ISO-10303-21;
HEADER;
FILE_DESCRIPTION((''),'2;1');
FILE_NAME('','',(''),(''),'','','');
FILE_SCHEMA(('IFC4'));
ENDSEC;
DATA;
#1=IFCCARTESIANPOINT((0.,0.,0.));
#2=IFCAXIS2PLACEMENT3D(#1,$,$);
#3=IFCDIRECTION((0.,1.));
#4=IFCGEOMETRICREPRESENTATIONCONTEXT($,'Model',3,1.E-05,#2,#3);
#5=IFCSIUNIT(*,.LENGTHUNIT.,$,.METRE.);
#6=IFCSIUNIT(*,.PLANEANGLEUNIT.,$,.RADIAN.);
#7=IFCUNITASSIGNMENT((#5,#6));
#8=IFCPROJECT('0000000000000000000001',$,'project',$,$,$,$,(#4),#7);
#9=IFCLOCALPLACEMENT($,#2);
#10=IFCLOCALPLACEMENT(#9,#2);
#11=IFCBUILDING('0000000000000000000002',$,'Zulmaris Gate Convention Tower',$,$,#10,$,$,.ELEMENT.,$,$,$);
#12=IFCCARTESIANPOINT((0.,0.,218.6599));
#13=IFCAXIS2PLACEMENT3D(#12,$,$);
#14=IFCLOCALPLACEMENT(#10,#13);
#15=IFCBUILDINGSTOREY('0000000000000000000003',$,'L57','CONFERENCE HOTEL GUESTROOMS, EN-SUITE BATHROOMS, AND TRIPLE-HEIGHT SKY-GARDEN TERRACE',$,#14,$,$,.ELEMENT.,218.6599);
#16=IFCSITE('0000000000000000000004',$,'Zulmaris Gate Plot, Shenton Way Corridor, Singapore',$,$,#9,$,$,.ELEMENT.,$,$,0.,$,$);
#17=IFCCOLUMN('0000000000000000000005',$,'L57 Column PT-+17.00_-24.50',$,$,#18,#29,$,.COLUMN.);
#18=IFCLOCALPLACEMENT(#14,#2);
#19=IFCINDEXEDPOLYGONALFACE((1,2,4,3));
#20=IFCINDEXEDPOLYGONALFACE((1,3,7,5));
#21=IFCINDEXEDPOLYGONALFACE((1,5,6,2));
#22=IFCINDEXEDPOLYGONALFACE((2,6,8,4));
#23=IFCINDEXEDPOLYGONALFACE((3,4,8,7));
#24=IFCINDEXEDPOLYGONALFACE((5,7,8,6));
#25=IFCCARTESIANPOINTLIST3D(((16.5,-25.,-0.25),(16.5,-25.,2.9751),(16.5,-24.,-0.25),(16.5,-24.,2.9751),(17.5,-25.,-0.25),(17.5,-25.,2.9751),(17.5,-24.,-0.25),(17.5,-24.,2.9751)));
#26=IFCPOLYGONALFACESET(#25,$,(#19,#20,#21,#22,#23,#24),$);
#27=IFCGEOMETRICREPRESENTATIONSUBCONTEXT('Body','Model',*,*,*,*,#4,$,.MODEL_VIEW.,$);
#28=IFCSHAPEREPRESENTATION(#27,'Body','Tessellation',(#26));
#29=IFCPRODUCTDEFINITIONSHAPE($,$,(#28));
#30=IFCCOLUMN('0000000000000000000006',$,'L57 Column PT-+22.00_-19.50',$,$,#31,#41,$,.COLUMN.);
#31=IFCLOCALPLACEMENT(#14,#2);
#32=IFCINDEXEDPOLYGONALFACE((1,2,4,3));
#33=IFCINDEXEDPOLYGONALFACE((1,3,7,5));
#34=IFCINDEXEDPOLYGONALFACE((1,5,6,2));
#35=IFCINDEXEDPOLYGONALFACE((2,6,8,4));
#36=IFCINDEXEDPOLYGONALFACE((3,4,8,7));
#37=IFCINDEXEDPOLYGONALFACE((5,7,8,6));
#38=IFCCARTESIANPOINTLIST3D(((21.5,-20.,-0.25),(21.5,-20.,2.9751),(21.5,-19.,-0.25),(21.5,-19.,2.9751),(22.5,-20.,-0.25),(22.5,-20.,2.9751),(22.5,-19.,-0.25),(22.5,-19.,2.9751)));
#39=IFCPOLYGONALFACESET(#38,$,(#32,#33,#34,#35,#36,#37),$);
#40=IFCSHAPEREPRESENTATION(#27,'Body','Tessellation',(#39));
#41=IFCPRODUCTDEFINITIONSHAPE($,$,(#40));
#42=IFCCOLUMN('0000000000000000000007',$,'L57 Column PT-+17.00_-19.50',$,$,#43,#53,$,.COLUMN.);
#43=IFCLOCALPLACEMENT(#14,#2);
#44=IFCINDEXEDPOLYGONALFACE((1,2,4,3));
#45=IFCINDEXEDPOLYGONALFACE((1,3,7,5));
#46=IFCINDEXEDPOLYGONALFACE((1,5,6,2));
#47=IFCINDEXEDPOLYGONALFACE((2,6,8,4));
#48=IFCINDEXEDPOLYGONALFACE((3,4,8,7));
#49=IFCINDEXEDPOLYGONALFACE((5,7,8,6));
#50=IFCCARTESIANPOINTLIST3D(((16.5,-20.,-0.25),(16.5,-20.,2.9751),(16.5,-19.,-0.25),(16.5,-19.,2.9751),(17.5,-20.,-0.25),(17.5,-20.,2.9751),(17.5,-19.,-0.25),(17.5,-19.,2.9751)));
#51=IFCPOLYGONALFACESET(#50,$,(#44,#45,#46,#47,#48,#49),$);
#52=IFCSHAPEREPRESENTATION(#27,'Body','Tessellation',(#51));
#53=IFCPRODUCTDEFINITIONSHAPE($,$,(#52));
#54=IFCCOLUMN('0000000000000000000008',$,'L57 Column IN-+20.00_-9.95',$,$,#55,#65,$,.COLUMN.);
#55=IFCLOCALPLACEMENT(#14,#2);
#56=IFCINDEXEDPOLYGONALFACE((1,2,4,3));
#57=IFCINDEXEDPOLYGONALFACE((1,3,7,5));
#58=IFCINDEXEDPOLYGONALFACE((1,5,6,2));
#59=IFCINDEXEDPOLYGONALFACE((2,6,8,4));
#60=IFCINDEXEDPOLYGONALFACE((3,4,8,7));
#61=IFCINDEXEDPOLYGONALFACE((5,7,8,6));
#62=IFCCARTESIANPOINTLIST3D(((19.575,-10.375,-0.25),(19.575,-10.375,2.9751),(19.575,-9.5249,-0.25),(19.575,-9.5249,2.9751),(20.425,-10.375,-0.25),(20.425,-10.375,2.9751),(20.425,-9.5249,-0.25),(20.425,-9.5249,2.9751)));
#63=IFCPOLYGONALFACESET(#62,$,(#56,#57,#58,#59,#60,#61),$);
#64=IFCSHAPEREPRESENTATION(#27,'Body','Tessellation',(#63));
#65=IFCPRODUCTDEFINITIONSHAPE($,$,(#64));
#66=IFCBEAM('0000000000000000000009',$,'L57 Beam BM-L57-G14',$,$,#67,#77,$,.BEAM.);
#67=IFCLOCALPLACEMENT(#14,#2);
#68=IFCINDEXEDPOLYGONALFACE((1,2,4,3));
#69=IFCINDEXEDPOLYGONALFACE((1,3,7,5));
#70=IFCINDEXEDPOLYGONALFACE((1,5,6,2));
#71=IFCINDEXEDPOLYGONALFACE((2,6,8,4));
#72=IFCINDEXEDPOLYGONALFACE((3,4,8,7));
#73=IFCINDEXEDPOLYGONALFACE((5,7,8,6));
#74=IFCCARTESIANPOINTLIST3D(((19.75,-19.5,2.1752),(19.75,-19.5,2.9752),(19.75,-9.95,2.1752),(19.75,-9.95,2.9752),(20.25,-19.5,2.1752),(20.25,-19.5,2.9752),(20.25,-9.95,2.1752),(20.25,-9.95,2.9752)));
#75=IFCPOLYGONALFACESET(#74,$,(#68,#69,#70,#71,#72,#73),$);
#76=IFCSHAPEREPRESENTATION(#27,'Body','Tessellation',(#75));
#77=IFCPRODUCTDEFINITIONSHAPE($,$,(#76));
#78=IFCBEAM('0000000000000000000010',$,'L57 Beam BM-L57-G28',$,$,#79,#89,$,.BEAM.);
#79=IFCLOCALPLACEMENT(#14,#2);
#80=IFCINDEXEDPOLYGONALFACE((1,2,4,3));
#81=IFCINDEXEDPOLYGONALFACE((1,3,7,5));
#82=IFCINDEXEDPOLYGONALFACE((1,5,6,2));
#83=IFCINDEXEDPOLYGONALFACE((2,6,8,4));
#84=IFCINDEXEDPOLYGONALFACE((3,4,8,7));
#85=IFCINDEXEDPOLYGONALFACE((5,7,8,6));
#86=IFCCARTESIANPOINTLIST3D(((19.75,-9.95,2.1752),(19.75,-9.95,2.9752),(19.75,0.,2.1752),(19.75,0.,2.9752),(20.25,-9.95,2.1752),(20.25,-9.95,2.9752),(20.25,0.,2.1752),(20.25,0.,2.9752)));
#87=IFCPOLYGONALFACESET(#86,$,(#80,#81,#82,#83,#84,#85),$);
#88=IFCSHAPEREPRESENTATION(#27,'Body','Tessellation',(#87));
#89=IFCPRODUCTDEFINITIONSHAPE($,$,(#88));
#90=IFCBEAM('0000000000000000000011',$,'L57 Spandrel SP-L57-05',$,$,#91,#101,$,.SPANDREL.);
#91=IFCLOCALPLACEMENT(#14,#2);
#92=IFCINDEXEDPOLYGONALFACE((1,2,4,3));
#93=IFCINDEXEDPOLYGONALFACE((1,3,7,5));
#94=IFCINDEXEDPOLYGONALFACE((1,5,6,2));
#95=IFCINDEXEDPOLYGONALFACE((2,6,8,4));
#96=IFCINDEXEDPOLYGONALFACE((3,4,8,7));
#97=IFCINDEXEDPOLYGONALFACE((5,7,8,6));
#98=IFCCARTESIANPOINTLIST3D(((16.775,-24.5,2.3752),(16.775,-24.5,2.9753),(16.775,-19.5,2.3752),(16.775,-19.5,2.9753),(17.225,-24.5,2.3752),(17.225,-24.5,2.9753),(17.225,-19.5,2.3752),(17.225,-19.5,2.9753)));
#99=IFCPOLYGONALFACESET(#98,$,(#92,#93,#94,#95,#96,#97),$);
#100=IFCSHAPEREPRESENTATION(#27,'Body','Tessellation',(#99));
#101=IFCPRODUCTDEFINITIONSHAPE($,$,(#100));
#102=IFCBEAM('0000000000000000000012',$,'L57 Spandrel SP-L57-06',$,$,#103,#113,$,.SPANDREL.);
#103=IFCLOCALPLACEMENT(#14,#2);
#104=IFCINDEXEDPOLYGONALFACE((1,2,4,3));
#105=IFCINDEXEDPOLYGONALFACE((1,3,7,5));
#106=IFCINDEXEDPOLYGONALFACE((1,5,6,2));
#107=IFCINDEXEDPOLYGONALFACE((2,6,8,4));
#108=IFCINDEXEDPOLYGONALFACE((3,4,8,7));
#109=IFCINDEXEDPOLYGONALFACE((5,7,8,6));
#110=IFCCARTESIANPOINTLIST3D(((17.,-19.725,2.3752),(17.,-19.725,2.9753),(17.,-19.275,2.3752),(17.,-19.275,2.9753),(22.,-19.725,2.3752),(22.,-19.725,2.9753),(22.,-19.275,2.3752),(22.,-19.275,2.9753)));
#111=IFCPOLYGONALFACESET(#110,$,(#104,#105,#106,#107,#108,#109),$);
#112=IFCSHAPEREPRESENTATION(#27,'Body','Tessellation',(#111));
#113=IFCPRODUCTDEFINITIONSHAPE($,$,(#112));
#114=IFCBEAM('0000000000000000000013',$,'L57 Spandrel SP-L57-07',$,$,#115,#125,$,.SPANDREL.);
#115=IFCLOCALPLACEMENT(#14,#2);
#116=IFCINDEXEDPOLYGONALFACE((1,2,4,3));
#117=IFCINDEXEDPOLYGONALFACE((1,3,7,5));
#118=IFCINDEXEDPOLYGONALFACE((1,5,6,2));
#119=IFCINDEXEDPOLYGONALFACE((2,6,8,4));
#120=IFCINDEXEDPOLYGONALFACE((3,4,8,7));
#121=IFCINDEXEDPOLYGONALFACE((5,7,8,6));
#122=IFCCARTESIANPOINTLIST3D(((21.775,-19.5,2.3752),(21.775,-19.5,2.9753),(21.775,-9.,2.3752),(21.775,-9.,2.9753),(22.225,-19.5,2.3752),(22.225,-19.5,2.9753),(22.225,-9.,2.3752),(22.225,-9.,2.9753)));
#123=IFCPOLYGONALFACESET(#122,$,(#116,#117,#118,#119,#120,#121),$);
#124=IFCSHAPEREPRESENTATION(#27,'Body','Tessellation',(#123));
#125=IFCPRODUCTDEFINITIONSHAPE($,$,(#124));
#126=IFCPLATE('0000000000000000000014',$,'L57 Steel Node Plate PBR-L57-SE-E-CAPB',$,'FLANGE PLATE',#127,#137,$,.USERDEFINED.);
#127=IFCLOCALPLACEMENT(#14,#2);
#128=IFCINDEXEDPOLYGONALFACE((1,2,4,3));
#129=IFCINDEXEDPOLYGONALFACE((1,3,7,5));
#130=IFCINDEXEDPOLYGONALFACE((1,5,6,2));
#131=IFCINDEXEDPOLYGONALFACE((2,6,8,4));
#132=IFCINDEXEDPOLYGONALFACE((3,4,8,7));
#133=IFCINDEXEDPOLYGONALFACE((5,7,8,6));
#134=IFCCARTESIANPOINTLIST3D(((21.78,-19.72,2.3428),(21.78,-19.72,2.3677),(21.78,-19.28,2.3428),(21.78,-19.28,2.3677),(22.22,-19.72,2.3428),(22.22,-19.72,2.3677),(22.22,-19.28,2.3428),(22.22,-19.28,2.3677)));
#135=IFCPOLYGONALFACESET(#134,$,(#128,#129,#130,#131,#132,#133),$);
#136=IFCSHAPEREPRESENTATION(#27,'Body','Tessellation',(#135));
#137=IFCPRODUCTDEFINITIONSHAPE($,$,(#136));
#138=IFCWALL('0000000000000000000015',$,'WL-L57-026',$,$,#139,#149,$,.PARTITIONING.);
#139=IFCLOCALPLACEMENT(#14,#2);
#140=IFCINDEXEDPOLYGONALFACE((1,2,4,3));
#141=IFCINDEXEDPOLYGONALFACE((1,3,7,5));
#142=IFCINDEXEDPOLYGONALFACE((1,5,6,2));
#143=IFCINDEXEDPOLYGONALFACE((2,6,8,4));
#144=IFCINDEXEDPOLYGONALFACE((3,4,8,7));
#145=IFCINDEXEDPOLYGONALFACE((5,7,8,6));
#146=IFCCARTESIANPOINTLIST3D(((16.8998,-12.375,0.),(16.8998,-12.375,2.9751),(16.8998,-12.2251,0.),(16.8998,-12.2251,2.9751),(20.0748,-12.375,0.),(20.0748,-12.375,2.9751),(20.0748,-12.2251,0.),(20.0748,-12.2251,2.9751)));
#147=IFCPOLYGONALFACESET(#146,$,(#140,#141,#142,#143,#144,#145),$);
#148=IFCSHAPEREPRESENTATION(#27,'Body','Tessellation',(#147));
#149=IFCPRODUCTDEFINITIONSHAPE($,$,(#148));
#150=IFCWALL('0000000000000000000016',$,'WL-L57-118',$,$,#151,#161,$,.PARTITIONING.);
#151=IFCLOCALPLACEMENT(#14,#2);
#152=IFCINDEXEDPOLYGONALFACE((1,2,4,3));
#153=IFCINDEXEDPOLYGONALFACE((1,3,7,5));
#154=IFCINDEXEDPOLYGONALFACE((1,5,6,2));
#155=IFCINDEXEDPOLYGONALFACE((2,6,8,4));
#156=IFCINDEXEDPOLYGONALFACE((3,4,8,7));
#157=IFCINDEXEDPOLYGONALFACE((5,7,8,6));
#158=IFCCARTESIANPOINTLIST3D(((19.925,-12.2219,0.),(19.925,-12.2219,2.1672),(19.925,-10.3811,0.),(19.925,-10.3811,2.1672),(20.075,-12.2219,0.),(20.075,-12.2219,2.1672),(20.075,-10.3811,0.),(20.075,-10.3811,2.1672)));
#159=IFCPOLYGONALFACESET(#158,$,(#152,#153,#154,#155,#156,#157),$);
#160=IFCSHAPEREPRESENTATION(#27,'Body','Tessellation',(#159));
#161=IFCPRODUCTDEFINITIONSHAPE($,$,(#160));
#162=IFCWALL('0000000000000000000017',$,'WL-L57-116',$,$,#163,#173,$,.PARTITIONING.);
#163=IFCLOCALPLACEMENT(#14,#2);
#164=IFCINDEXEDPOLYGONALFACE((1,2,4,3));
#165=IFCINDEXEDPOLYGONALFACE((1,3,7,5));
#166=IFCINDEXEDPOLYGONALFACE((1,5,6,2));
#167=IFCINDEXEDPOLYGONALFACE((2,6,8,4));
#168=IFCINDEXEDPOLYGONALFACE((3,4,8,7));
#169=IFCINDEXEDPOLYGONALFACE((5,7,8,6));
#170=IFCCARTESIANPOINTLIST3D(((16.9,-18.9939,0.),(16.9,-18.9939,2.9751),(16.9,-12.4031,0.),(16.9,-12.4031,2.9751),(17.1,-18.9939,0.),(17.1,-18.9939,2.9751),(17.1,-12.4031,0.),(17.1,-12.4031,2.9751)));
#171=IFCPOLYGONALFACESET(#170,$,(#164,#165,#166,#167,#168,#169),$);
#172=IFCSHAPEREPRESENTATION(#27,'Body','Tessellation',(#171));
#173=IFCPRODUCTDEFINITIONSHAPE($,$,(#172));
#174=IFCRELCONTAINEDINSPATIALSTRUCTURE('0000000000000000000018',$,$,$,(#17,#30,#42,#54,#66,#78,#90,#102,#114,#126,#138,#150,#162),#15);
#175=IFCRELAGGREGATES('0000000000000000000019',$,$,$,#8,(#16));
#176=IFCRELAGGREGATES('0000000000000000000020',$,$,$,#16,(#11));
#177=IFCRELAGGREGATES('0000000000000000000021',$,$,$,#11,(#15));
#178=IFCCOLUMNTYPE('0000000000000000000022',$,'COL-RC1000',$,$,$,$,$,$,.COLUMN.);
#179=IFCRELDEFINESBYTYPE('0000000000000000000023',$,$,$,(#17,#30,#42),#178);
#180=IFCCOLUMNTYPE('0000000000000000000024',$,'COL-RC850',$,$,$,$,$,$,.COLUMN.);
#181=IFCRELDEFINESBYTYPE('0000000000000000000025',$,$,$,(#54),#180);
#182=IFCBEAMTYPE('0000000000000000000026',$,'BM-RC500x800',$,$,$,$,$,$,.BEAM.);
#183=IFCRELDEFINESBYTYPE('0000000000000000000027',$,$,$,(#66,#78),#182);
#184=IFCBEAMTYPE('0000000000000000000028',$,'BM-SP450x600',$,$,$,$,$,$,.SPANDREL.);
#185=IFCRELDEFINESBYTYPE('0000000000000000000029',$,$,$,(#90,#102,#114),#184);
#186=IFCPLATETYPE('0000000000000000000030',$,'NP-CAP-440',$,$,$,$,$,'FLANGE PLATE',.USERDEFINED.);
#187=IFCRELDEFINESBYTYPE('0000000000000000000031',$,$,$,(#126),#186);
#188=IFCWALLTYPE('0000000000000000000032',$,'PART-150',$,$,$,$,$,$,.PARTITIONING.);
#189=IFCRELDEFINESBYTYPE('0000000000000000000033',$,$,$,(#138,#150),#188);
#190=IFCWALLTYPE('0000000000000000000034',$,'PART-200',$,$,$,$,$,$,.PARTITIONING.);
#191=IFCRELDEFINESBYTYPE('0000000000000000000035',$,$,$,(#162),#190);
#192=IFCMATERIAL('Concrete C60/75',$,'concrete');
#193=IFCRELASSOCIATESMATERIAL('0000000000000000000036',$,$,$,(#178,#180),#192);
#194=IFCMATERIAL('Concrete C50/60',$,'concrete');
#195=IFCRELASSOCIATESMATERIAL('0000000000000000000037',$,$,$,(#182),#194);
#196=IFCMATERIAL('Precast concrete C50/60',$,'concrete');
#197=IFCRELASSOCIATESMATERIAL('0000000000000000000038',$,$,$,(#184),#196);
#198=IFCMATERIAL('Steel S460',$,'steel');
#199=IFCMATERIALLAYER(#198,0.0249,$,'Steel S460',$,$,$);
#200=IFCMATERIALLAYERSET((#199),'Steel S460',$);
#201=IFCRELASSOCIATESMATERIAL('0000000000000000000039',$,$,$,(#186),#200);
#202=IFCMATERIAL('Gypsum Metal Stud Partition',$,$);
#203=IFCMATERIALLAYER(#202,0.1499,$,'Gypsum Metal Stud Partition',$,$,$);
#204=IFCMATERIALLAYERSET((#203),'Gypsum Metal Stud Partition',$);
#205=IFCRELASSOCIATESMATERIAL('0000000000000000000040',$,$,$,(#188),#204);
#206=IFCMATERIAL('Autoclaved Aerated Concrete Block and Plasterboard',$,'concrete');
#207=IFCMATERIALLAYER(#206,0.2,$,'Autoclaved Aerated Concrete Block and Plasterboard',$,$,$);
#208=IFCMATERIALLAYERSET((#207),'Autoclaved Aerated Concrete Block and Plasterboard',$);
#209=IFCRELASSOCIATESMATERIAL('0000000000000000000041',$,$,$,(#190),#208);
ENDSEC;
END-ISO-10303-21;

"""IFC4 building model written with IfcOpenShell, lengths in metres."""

from ifc_helpers import new_model, si_unit, direction, frame, frame_2d, origin, origin_2d, place, context, subcontext, project, spatial, rectangle, extrude, material, layer, layer_set, material_profile, profile_set, type_object, element, save


model = new_model("IFC4")

# Units and contexts
model_context = context("Model", 3, precision=1e-05, world=origin(), true_north=direction((0.0, 1.0)))
body_context = subcontext(model_context, "Body", "Model", "MODEL_VIEW")
ifc_project = project(units=[si_unit("LENGTHUNIT", "METRE"), si_unit("PLANEANGLEUNIT", "RADIAN")], contexts=[model_context])

# Site, building, storey
site_placement = place(None, origin())
site = spatial("IfcSite", under=ifc_project, at=site_placement, Name="Zulmaris Gate Plot, Shenton Way Corridor, Singapore", CompositionType="ELEMENT", RefElevation=0.0)
building_placement = place(site_placement, origin())
building = spatial("IfcBuilding", under=site, at=building_placement, Name="Zulmaris Gate Convention Tower", CompositionType="ELEMENT")
storey_placement = place(building_placement, frame((0.0, 0.0, 218.6599)))
storey = spatial("IfcBuildingStorey", under=building, at=storey_placement, Name="L57", Description="CONFERENCE HOTEL GUESTROOMS, EN-SUITE BATHROOMS, AND TRIPLE-HEIGHT SKY-GARDEN TERRACE", CompositionType="ELEMENT", Elevation=218.6599)

# Columns
ifc_material_1 = material(Name="Concrete C60/75", Category="concrete")
ifc_material_profile_1 = material_profile(ifc_material_1, rectangle(XDim=1.0, YDim=1.0, at=origin_2d()), Name="RC COL 1000x1000")
ifc_profile_set_1 = profile_set([ifc_material_profile_1], Name="Concrete C60/75")
column_type_1 = type_object("IfcColumnType", Name="COL-RC1000", PredefinedType="COLUMN", material=ifc_profile_set_1)
for number, where, z_axis, x_axis, name in (
    (1, (17.0, -24.5, -0.25), (0.0, 0.0, 1.0), (1.0, 0.0, 0.0), "L57 Column PT-+17.00_-24.50"),
    (2, (22.0, -19.5, -0.25), (0.0, 0.0, 1.0), (1.0, 0.0, 0.0), "L57 Column PT-+22.00_-19.50"),
    (3, (17.0, -19.5, -0.25), (0.0, 0.0, 1.0), (1.0, 0.0, 0.0), "L57 Column PT-+17.00_-19.50"),
):
    element("IfcColumn", number, at=place(storey_placement, frame(where, z_axis=z_axis, x_axis=x_axis)), inside=storey, type_object=column_type_1, Name=name, PredefinedType="COLUMN", context=body_context, shape_type="SweptSolid", body=[
        extrude(rectangle(XDim=1.0, YDim=1.0, at=origin_2d()), origin(), (0.0, 0.0, 1.0), 3.2251),
    ])
ifc_material_profile_2 = material_profile(ifc_material_1, rectangle(XDim=0.8501, YDim=0.8501, at=origin_2d()), Name="RC COL 850x850")
ifc_profile_set_2 = profile_set([ifc_material_profile_2], Name="Concrete C60/75")
column_type_2 = type_object("IfcColumnType", Name="COL-RC850", PredefinedType="COLUMN", material=ifc_profile_set_2)
column_placement = place(storey_placement, frame((20.0, -9.95, -0.25), z_axis=(0.0, 0.0, 1.0), x_axis=(1.0, 0.0, 0.0)))
element("IfcColumn", 4, at=column_placement, inside=storey, type_object=column_type_2, Name="L57 Column IN-+20.00_-9.95", PredefinedType="COLUMN", context=body_context, shape_type="SweptSolid", body=[
    extrude(rectangle(XDim=0.8501, YDim=0.8501, at=origin_2d()), origin(), (0.0, 0.0, 1.0), 3.2251),
])

# Beams
ifc_material_2 = material(Name="Concrete C50/60", Category="concrete")
ifc_material_profile_3 = material_profile(ifc_material_2, rectangle(XDim=0.5, YDim=0.8, at=origin_2d()), Name="RC BEAM 500x800")
ifc_profile_set_3 = profile_set([ifc_material_profile_3], Name="Concrete C50/60")
beam_type_1 = type_object("IfcBeamType", Name="BM-RC500x800", PredefinedType="BEAM", material=ifc_profile_set_3)
beam_1_placement = place(storey_placement, frame((20.0, -19.5, 2.5752), z_axis=(0.0, 1.0, 0.0), x_axis=(-1.0, 0.0, 0.0)))
element("IfcBeam", 5, at=beam_1_placement, inside=storey, type_object=beam_type_1, Name="L57 Beam BM-L57-G14", PredefinedType="BEAM", context=body_context, shape_type="SweptSolid", body=[
    extrude(rectangle(XDim=0.5, YDim=0.8, at=origin_2d()), origin(), (0.0, 0.0, 1.0), 9.55),
])
beam_2_placement = place(storey_placement, frame((20.0, -9.95, 2.5752), z_axis=(0.0, 1.0, 0.0), x_axis=(-1.0, 0.0, 0.0)))
element("IfcBeam", 6, at=beam_2_placement, inside=storey, type_object=beam_type_1, Name="L57 Beam BM-L57-G28", PredefinedType="BEAM", context=body_context, shape_type="SweptSolid", body=[
    extrude(rectangle(XDim=0.5, YDim=0.8, at=origin_2d()), origin(), (0.0, 0.0, 1.0), 9.95),
])
ifc_material_3 = material(Name="Precast concrete C50/60", Category="concrete")
ifc_material_profile_4 = material_profile(ifc_material_3, rectangle(XDim=0.45, YDim=0.6001, at=origin_2d()), Name="RC SPANDREL 450x600")
ifc_profile_set_4 = profile_set([ifc_material_profile_4], Name="Precast concrete C50/60")
beam_type_2 = type_object("IfcBeamType", Name="BM-SP450x600", PredefinedType="SPANDREL", material=ifc_profile_set_4)
for number, where, z_axis, x_axis, name in (
    (7, (17.0, -24.5, 2.6753), (0.0, 1.0, 0.0), (-1.0, 0.0, 0.0), "L57 Spandrel SP-L57-05"),
    (8, (17.0, -19.5, 2.6753), (1.0, 0.0, 0.0), (0.0, 1.0, 0.0), "L57 Spandrel SP-L57-06"),
):
    element("IfcBeam", number, at=place(storey_placement, frame(where, z_axis=z_axis, x_axis=x_axis)), inside=storey, type_object=beam_type_2, Name=name, PredefinedType="SPANDREL", context=body_context, shape_type="SweptSolid", body=[
        extrude(rectangle(XDim=0.45, YDim=0.6001, at=origin_2d()), origin(), (0.0, 0.0, 1.0), 5.0),
    ])
beam_3_placement = place(storey_placement, frame((22.0, -19.5, 2.6753), z_axis=(0.0, 1.0, 0.0), x_axis=(-1.0, 0.0, 0.0)))
element("IfcBeam", 9, at=beam_3_placement, inside=storey, type_object=beam_type_2, Name="L57 Spandrel SP-L57-07", PredefinedType="SPANDREL", context=body_context, shape_type="SweptSolid", body=[
    extrude(rectangle(XDim=0.45, YDim=0.6001, at=origin_2d()), origin(), (0.0, 0.0, 1.0), 10.5),
])

# Plate
ifc_material_4 = material(Name="Steel S460", Category="steel")
ifc_layer_1 = layer(ifc_material_4, 0.0249, Name="Steel S460")
ifc_layer_set_1 = layer_set([ifc_layer_1], Name="Steel S460")
plate_type = type_object("IfcPlateType", Name="NP-CAP-440", ElementType="FLANGE PLATE", PredefinedType="USERDEFINED", material=ifc_layer_set_1)
plate_placement = place(storey_placement, frame((22.0, -19.5, 2.3428), z_axis=(0.0, 0.0, 1.0), x_axis=(1.0, 0.0, 0.0)))
element("IfcPlate", 10, at=plate_placement, inside=storey, type_object=plate_type, Name="L57 Steel Node Plate PBR-L57-SE-E-CAPB", ObjectType="FLANGE PLATE", PredefinedType="USERDEFINED", context=body_context, shape_type="SweptSolid", body=[
    extrude(rectangle(XDim=0.4399, YDim=0.4399, at=origin_2d()), origin(), (0.0, 0.0, 1.0), 0.0249),
])

# Walls
ifc_material_5 = material(Name="Gypsum Metal Stud Partition")
ifc_layer_2 = layer(ifc_material_5, 0.1499, Name="Gypsum Metal Stud Partition")
ifc_layer_set_2 = layer_set([ifc_layer_2], Name="Gypsum Metal Stud Partition")
wall_type_1 = type_object("IfcWallType", Name="PART-150", PredefinedType="PARTITIONING", material=ifc_layer_set_2)
wall_1_placement = place(storey_placement, frame((16.8999, -12.3, 0.0), z_axis=(0.0, 0.0, 1.0), x_axis=(1.0, 0.0, 0.0)))
element("IfcWall", 11, at=wall_1_placement, inside=storey, type_object=wall_type_1, Name="WL-L57-026", PredefinedType="PARTITIONING", context=body_context, shape_type="SweptSolid", body=[
    extrude(rectangle(XDim=3.175, YDim=0.1499, at=frame_2d((1.5874, 0.0))), origin(), (0.0, 0.0, 1.0), 2.9751),
])
wall_2_placement = place(storey_placement, frame((20.0, -12.2219, 0.0), z_axis=(0.0, 0.0, 1.0), x_axis=(0.0, 1.0, 0.0)))
element("IfcWall", 12, at=wall_2_placement, inside=storey, type_object=wall_type_1, Name="WL-L57-118", PredefinedType="PARTITIONING", context=body_context, shape_type="SweptSolid", body=[
    extrude(rectangle(XDim=1.8408, YDim=0.1499, at=frame_2d((0.9204, 0.0))), origin(), (0.0, 0.0, 1.0), 2.1672),
])
ifc_material_6 = material(Name="Autoclaved Aerated Concrete Block and Plasterboard", Category="concrete")
ifc_layer_3 = layer(ifc_material_6, 0.2, Name="Autoclaved Aerated Concrete Block and Plasterboard")
ifc_layer_set_3 = layer_set([ifc_layer_3], Name="Autoclaved Aerated Concrete Block and Plasterboard")
wall_type_2 = type_object("IfcWallType", Name="PART-200", PredefinedType="PARTITIONING", material=ifc_layer_set_3)
wall_3_placement = place(storey_placement, frame((17.0, -18.9939, 0.0), z_axis=(0.0, 0.0, 1.0), x_axis=(0.0, 1.0, 0.0)))
element("IfcWall", 13, at=wall_3_placement, inside=storey, type_object=wall_type_2, Name="WL-L57-116", PredefinedType="PARTITIONING", context=body_context, shape_type="SweptSolid", body=[
    extrude(rectangle(XDim=6.5908, YDim=0.2, at=frame_2d((3.2954, 0.0))), origin(), (0.0, 0.0, 1.0), 2.9751),
])

save(model, "model.ifc")
